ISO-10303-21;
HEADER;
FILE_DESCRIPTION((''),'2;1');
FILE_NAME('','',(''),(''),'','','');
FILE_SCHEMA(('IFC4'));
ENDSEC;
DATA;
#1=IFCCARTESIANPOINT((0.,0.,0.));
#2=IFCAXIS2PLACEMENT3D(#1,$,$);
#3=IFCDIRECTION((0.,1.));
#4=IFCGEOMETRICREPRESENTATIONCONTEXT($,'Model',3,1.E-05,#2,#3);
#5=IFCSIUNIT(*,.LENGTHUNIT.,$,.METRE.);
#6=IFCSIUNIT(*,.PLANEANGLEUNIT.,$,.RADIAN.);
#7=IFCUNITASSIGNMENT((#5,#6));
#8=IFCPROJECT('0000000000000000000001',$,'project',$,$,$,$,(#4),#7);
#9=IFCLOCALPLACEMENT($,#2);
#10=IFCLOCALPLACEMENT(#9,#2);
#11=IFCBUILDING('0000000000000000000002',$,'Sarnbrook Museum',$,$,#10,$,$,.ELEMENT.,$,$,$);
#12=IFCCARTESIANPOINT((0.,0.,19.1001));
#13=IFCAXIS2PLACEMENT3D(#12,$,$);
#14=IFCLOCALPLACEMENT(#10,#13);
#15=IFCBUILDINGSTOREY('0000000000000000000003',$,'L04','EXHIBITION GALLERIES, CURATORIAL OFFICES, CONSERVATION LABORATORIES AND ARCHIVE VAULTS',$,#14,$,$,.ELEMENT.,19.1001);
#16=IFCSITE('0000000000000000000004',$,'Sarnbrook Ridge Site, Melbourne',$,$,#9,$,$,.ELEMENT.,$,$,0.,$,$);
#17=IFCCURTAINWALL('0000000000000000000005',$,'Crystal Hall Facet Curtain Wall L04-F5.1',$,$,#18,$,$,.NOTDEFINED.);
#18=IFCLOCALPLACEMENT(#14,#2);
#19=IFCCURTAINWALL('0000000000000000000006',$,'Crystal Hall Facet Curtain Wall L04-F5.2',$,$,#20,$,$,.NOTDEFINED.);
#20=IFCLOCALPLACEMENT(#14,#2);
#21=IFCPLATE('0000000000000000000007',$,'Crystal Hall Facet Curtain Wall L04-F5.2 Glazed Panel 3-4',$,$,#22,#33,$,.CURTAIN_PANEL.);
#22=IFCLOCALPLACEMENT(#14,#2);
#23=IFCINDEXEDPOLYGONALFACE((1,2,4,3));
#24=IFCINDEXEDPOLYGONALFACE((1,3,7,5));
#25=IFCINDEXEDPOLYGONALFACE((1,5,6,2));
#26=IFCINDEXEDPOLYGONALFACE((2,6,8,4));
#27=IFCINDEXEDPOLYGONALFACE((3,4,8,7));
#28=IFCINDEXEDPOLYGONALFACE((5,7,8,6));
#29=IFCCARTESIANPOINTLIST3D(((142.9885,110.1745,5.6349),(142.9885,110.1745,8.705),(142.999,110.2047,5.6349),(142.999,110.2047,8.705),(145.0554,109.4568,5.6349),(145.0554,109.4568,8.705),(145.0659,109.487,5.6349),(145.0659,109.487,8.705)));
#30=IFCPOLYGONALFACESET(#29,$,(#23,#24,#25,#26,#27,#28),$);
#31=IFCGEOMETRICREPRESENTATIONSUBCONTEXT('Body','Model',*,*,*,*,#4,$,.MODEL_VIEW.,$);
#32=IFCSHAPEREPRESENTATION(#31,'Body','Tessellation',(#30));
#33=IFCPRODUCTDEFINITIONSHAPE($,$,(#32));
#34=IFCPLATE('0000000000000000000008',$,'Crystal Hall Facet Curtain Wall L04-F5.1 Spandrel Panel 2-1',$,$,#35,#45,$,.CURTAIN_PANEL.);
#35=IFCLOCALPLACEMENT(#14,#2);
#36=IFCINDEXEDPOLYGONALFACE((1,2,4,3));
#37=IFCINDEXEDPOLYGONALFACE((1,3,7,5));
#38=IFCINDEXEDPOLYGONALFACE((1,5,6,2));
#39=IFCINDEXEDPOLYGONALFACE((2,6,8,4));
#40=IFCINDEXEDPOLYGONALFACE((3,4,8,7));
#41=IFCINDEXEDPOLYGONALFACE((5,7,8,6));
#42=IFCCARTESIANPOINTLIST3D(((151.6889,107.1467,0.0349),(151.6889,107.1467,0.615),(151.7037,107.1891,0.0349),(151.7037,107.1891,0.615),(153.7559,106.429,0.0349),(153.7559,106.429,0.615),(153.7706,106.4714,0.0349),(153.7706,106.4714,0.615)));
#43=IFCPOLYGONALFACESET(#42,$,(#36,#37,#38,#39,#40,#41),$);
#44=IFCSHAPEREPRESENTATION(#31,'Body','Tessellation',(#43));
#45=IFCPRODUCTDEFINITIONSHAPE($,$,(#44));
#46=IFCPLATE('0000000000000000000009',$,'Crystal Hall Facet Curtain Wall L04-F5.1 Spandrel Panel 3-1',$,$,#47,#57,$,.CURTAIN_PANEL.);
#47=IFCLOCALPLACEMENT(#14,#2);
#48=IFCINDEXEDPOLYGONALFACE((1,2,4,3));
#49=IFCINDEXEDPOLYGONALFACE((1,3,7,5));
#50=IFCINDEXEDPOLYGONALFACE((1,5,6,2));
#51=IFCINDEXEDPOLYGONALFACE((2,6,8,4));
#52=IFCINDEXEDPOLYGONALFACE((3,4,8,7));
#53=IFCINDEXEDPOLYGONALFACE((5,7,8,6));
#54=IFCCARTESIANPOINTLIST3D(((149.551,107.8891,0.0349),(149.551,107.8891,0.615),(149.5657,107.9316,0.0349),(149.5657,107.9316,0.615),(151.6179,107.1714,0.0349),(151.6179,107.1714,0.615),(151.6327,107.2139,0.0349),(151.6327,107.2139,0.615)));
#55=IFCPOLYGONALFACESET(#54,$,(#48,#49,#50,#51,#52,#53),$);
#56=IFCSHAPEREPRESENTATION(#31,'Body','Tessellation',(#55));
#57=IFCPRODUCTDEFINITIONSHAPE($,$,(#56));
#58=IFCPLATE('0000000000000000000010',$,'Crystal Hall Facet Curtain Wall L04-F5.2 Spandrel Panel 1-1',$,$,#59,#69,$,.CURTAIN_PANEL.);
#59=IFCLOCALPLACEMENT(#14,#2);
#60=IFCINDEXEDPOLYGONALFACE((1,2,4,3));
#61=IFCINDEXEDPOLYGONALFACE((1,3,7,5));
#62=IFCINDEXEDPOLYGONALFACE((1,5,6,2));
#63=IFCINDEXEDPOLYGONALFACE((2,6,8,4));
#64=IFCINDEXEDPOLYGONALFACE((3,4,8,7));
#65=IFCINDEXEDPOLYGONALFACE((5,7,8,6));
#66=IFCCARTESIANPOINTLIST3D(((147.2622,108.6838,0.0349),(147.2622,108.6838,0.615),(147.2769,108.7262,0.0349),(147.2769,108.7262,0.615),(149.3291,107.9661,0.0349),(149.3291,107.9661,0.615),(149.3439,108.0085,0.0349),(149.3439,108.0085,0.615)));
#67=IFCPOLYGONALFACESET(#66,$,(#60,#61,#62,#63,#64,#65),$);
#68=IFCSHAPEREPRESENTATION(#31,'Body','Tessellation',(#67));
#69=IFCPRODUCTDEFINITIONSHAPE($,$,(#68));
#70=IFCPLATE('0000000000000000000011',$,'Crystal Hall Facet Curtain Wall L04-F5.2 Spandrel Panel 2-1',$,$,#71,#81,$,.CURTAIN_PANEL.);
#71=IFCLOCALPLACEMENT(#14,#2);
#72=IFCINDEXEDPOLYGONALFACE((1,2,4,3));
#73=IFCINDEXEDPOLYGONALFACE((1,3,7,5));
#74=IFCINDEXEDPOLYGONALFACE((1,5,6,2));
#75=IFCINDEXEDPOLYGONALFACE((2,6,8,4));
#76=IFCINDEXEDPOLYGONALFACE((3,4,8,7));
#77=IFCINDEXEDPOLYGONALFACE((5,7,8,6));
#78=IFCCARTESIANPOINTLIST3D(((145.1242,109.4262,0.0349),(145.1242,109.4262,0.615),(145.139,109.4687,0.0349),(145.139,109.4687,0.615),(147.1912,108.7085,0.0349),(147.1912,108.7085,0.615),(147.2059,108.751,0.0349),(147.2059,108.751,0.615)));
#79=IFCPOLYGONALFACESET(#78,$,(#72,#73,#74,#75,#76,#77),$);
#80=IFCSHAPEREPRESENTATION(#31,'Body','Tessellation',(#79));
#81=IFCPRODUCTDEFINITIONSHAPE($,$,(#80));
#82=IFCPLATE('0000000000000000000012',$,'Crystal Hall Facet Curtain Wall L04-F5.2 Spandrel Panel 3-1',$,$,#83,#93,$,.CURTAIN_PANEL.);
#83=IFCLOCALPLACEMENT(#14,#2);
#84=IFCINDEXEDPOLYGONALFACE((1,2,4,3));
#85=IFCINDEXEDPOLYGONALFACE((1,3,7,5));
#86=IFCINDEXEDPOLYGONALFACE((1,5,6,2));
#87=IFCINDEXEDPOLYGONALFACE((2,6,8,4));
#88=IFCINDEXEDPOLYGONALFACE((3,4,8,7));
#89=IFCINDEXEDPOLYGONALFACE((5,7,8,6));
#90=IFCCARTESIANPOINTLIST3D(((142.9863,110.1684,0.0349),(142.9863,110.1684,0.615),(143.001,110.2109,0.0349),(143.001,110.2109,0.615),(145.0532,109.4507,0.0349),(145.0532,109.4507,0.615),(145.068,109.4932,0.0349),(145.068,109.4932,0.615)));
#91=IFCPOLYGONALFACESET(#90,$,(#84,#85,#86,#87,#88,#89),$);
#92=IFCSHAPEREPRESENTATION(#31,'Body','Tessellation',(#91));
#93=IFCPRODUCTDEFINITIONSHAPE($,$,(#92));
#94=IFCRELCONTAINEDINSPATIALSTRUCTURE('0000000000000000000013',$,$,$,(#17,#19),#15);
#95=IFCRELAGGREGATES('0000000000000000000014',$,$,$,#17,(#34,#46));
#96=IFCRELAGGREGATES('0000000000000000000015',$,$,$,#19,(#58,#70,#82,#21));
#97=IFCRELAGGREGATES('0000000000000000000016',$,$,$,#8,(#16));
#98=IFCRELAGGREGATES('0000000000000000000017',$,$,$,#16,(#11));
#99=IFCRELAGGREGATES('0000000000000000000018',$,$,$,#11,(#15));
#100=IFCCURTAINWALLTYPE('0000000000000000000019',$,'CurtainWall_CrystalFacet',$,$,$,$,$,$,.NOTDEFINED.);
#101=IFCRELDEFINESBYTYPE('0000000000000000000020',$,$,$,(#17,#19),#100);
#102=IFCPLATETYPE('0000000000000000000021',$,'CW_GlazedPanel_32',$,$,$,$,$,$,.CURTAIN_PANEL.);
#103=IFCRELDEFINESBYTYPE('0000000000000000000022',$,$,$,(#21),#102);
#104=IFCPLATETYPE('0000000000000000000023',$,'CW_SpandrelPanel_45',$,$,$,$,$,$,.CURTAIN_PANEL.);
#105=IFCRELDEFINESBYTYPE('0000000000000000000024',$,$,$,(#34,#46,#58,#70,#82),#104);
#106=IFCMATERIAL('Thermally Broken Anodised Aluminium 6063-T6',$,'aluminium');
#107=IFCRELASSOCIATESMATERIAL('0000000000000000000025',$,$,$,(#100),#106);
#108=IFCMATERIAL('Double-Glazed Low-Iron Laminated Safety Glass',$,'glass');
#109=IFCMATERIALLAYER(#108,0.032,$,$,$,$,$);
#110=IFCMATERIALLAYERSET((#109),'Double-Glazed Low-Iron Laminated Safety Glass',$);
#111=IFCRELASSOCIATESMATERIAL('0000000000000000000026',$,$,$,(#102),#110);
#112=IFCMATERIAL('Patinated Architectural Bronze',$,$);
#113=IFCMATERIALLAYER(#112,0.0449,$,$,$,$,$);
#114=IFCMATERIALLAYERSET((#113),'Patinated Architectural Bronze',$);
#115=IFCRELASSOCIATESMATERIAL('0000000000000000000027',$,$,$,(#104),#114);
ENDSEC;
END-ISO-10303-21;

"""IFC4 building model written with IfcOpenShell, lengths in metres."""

from ifc_helpers import new_model, si_unit, direction, frame, origin, origin_2d, place, context, subcontext, project, spatial, rectangle, extrude, material, layer, layer_set, type_object, element, aggregate, save


model = new_model("IFC4")

# Units and contexts
model_context = context("Model", 3, precision=1e-05, world=origin(), true_north=direction((0.0, 1.0)))
body_context = subcontext(model_context, "Body", "Model", "MODEL_VIEW")
ifc_project = project(units=[si_unit("LENGTHUNIT", "METRE"), si_unit("PLANEANGLEUNIT", "RADIAN")], contexts=[model_context])

# Site, building, storey
site_placement = place(None, origin())
site = spatial("IfcSite", under=ifc_project, at=site_placement, Name="Sarnbrook Ridge Site, Melbourne", CompositionType="ELEMENT", RefElevation=0.0)
building_placement = place(site_placement, origin())
building = spatial("IfcBuilding", under=site, at=building_placement, Name="Sarnbrook Museum", CompositionType="ELEMENT")
storey_placement = place(building_placement, frame((0.0, 0.0, 19.1001)))
storey = spatial("IfcBuildingStorey", under=building, at=storey_placement, Name="L04", Description="EXHIBITION GALLERIES, CURATORIAL OFFICES, CONSERVATION LABORATORIES AND ARCHIVE VAULTS", CompositionType="ELEMENT", Elevation=19.1001)

# Curtain walls
ifc_material_1 = material(Name="Thermally Broken Anodised Aluminium 6063-T6", Category="aluminium")
curtain_wall_type = type_object("IfcCurtainWallType", Name="CurtainWall_CrystalFacet", PredefinedType="NOTDEFINED", material=ifc_material_1)
curtain_wall_1_placement = place(storey_placement, origin())
curtain_wall_1 = element("IfcCurtainWall", 1, at=curtain_wall_1_placement, inside=storey, type_object=curtain_wall_type, Name="Crystal Hall Facet Curtain Wall L04-F5.1", PredefinedType="NOTDEFINED")
curtain_wall_2_placement = place(storey_placement, origin())
curtain_wall_2 = element("IfcCurtainWall", 2, at=curtain_wall_2_placement, inside=storey, type_object=curtain_wall_type, Name="Crystal Hall Facet Curtain Wall L04-F5.2", PredefinedType="NOTDEFINED")

# Plates
ifc_material_2 = material(Name="Double-Glazed Low-Iron Laminated Safety Glass", Category="glass")
ifc_layer_1 = layer(ifc_material_2, 0.032)
ifc_layer_set_1 = layer_set([ifc_layer_1], Name="Double-Glazed Low-Iron Laminated Safety Glass")
plate_type_1 = type_object("IfcPlateType", Name="CW_GlazedPanel_32", PredefinedType="CURTAIN_PANEL", material=ifc_layer_set_1)
plate_1_placement = place(storey_placement, frame((144.022, 109.8157, 7.1699), z_axis=(0.328013, 0.944673, 0.0), x_axis=(-0.944673, 0.328013, 0.0)))
plate_1 = element("IfcPlate", 3, at=plate_1_placement, type_object=plate_type_1, Name="Crystal Hall Facet Curtain Wall L04-F5.2 Glazed Panel 3-4", PredefinedType="CURTAIN_PANEL", context=body_context, shape_type="SweptSolid", body=[
    extrude(rectangle(XDim=2.188, YDim=3.0701, at=origin_2d()), origin(), (0.0, 0.0, 1.0), 0.032),
])
ifc_material_3 = material(Name="Patinated Architectural Bronze")
ifc_layer_2 = layer(ifc_material_3, 0.0449)
ifc_layer_set_2 = layer_set([ifc_layer_2], Name="Patinated Architectural Bronze")
plate_type_2 = type_object("IfcPlateType", Name="CW_SpandrelPanel_45", PredefinedType="CURTAIN_PANEL", material=ifc_layer_set_2)
plate_2_placement = place(storey_placement, frame((152.7224, 106.7878, 0.325), z_axis=(0.328013, 0.944673, 0.0), x_axis=(-0.944673, 0.328013, 0.0)))
plate_2 = element("IfcPlate", 4, at=plate_2_placement, type_object=plate_type_2, Name="Crystal Hall Facet Curtain Wall L04-F5.1 Spandrel Panel 2-1", PredefinedType="CURTAIN_PANEL", context=body_context, shape_type="SweptSolid", body=[
    extrude(rectangle(XDim=2.188, YDim=0.5801, at=origin_2d()), origin(), (0.0, 0.0, 1.0), 0.0449),
])
plate_3_placement = place(storey_placement, frame((150.5845, 107.5303, 0.325), z_axis=(0.328013, 0.944673, 0.0), x_axis=(-0.944673, 0.328013, 0.0)))
plate_3 = element("IfcPlate", 5, at=plate_3_placement, type_object=plate_type_2, Name="Crystal Hall Facet Curtain Wall L04-F5.1 Spandrel Panel 3-1", PredefinedType="CURTAIN_PANEL", context=body_context, shape_type="SweptSolid", body=[
    extrude(rectangle(XDim=2.188, YDim=0.5801, at=origin_2d()), origin(), (0.0, 0.0, 1.0), 0.0449),
])
aggregate(curtain_wall_1, [plate_2, plate_3])
plate_4_placement = place(storey_placement, frame((148.2957, 108.325, 0.325), z_axis=(0.328013, 0.944673, 0.0), x_axis=(-0.944673, 0.328013, 0.0)))
plate_4 = element("IfcPlate", 6, at=plate_4_placement, type_object=plate_type_2, Name="Crystal Hall Facet Curtain Wall L04-F5.2 Spandrel Panel 1-1", PredefinedType="CURTAIN_PANEL", context=body_context, shape_type="SweptSolid", body=[
    extrude(rectangle(XDim=2.188, YDim=0.5801, at=origin_2d()), origin(), (0.0, 0.0, 1.0), 0.0449),
])
plate_5_placement = place(storey_placement, frame((146.1577, 109.0674, 0.325), z_axis=(0.328013, 0.944673, 0.0), x_axis=(-0.944673, 0.328013, 0.0)))
plate_5 = element("IfcPlate", 7, at=plate_5_placement, type_object=plate_type_2, Name="Crystal Hall Facet Curtain Wall L04-F5.2 Spandrel Panel 2-1", PredefinedType="CURTAIN_PANEL", context=body_context, shape_type="SweptSolid", body=[
    extrude(rectangle(XDim=2.188, YDim=0.5801, at=origin_2d()), origin(), (0.0, 0.0, 1.0), 0.0449),
])
plate_6_placement = place(storey_placement, frame((144.0198, 109.8096, 0.325), z_axis=(0.328013, 0.944673, 0.0), x_axis=(-0.944673, 0.328013, 0.0)))
plate_6 = element("IfcPlate", 8, at=plate_6_placement, type_object=plate_type_2, Name="Crystal Hall Facet Curtain Wall L04-F5.2 Spandrel Panel 3-1", PredefinedType="CURTAIN_PANEL", context=body_context, shape_type="SweptSolid", body=[
    extrude(rectangle(XDim=2.188, YDim=0.5801, at=origin_2d()), origin(), (0.0, 0.0, 1.0), 0.0449),
])
aggregate(curtain_wall_2, [plate_4, plate_5, plate_6, plate_1])

save(model, "model.ifc")
